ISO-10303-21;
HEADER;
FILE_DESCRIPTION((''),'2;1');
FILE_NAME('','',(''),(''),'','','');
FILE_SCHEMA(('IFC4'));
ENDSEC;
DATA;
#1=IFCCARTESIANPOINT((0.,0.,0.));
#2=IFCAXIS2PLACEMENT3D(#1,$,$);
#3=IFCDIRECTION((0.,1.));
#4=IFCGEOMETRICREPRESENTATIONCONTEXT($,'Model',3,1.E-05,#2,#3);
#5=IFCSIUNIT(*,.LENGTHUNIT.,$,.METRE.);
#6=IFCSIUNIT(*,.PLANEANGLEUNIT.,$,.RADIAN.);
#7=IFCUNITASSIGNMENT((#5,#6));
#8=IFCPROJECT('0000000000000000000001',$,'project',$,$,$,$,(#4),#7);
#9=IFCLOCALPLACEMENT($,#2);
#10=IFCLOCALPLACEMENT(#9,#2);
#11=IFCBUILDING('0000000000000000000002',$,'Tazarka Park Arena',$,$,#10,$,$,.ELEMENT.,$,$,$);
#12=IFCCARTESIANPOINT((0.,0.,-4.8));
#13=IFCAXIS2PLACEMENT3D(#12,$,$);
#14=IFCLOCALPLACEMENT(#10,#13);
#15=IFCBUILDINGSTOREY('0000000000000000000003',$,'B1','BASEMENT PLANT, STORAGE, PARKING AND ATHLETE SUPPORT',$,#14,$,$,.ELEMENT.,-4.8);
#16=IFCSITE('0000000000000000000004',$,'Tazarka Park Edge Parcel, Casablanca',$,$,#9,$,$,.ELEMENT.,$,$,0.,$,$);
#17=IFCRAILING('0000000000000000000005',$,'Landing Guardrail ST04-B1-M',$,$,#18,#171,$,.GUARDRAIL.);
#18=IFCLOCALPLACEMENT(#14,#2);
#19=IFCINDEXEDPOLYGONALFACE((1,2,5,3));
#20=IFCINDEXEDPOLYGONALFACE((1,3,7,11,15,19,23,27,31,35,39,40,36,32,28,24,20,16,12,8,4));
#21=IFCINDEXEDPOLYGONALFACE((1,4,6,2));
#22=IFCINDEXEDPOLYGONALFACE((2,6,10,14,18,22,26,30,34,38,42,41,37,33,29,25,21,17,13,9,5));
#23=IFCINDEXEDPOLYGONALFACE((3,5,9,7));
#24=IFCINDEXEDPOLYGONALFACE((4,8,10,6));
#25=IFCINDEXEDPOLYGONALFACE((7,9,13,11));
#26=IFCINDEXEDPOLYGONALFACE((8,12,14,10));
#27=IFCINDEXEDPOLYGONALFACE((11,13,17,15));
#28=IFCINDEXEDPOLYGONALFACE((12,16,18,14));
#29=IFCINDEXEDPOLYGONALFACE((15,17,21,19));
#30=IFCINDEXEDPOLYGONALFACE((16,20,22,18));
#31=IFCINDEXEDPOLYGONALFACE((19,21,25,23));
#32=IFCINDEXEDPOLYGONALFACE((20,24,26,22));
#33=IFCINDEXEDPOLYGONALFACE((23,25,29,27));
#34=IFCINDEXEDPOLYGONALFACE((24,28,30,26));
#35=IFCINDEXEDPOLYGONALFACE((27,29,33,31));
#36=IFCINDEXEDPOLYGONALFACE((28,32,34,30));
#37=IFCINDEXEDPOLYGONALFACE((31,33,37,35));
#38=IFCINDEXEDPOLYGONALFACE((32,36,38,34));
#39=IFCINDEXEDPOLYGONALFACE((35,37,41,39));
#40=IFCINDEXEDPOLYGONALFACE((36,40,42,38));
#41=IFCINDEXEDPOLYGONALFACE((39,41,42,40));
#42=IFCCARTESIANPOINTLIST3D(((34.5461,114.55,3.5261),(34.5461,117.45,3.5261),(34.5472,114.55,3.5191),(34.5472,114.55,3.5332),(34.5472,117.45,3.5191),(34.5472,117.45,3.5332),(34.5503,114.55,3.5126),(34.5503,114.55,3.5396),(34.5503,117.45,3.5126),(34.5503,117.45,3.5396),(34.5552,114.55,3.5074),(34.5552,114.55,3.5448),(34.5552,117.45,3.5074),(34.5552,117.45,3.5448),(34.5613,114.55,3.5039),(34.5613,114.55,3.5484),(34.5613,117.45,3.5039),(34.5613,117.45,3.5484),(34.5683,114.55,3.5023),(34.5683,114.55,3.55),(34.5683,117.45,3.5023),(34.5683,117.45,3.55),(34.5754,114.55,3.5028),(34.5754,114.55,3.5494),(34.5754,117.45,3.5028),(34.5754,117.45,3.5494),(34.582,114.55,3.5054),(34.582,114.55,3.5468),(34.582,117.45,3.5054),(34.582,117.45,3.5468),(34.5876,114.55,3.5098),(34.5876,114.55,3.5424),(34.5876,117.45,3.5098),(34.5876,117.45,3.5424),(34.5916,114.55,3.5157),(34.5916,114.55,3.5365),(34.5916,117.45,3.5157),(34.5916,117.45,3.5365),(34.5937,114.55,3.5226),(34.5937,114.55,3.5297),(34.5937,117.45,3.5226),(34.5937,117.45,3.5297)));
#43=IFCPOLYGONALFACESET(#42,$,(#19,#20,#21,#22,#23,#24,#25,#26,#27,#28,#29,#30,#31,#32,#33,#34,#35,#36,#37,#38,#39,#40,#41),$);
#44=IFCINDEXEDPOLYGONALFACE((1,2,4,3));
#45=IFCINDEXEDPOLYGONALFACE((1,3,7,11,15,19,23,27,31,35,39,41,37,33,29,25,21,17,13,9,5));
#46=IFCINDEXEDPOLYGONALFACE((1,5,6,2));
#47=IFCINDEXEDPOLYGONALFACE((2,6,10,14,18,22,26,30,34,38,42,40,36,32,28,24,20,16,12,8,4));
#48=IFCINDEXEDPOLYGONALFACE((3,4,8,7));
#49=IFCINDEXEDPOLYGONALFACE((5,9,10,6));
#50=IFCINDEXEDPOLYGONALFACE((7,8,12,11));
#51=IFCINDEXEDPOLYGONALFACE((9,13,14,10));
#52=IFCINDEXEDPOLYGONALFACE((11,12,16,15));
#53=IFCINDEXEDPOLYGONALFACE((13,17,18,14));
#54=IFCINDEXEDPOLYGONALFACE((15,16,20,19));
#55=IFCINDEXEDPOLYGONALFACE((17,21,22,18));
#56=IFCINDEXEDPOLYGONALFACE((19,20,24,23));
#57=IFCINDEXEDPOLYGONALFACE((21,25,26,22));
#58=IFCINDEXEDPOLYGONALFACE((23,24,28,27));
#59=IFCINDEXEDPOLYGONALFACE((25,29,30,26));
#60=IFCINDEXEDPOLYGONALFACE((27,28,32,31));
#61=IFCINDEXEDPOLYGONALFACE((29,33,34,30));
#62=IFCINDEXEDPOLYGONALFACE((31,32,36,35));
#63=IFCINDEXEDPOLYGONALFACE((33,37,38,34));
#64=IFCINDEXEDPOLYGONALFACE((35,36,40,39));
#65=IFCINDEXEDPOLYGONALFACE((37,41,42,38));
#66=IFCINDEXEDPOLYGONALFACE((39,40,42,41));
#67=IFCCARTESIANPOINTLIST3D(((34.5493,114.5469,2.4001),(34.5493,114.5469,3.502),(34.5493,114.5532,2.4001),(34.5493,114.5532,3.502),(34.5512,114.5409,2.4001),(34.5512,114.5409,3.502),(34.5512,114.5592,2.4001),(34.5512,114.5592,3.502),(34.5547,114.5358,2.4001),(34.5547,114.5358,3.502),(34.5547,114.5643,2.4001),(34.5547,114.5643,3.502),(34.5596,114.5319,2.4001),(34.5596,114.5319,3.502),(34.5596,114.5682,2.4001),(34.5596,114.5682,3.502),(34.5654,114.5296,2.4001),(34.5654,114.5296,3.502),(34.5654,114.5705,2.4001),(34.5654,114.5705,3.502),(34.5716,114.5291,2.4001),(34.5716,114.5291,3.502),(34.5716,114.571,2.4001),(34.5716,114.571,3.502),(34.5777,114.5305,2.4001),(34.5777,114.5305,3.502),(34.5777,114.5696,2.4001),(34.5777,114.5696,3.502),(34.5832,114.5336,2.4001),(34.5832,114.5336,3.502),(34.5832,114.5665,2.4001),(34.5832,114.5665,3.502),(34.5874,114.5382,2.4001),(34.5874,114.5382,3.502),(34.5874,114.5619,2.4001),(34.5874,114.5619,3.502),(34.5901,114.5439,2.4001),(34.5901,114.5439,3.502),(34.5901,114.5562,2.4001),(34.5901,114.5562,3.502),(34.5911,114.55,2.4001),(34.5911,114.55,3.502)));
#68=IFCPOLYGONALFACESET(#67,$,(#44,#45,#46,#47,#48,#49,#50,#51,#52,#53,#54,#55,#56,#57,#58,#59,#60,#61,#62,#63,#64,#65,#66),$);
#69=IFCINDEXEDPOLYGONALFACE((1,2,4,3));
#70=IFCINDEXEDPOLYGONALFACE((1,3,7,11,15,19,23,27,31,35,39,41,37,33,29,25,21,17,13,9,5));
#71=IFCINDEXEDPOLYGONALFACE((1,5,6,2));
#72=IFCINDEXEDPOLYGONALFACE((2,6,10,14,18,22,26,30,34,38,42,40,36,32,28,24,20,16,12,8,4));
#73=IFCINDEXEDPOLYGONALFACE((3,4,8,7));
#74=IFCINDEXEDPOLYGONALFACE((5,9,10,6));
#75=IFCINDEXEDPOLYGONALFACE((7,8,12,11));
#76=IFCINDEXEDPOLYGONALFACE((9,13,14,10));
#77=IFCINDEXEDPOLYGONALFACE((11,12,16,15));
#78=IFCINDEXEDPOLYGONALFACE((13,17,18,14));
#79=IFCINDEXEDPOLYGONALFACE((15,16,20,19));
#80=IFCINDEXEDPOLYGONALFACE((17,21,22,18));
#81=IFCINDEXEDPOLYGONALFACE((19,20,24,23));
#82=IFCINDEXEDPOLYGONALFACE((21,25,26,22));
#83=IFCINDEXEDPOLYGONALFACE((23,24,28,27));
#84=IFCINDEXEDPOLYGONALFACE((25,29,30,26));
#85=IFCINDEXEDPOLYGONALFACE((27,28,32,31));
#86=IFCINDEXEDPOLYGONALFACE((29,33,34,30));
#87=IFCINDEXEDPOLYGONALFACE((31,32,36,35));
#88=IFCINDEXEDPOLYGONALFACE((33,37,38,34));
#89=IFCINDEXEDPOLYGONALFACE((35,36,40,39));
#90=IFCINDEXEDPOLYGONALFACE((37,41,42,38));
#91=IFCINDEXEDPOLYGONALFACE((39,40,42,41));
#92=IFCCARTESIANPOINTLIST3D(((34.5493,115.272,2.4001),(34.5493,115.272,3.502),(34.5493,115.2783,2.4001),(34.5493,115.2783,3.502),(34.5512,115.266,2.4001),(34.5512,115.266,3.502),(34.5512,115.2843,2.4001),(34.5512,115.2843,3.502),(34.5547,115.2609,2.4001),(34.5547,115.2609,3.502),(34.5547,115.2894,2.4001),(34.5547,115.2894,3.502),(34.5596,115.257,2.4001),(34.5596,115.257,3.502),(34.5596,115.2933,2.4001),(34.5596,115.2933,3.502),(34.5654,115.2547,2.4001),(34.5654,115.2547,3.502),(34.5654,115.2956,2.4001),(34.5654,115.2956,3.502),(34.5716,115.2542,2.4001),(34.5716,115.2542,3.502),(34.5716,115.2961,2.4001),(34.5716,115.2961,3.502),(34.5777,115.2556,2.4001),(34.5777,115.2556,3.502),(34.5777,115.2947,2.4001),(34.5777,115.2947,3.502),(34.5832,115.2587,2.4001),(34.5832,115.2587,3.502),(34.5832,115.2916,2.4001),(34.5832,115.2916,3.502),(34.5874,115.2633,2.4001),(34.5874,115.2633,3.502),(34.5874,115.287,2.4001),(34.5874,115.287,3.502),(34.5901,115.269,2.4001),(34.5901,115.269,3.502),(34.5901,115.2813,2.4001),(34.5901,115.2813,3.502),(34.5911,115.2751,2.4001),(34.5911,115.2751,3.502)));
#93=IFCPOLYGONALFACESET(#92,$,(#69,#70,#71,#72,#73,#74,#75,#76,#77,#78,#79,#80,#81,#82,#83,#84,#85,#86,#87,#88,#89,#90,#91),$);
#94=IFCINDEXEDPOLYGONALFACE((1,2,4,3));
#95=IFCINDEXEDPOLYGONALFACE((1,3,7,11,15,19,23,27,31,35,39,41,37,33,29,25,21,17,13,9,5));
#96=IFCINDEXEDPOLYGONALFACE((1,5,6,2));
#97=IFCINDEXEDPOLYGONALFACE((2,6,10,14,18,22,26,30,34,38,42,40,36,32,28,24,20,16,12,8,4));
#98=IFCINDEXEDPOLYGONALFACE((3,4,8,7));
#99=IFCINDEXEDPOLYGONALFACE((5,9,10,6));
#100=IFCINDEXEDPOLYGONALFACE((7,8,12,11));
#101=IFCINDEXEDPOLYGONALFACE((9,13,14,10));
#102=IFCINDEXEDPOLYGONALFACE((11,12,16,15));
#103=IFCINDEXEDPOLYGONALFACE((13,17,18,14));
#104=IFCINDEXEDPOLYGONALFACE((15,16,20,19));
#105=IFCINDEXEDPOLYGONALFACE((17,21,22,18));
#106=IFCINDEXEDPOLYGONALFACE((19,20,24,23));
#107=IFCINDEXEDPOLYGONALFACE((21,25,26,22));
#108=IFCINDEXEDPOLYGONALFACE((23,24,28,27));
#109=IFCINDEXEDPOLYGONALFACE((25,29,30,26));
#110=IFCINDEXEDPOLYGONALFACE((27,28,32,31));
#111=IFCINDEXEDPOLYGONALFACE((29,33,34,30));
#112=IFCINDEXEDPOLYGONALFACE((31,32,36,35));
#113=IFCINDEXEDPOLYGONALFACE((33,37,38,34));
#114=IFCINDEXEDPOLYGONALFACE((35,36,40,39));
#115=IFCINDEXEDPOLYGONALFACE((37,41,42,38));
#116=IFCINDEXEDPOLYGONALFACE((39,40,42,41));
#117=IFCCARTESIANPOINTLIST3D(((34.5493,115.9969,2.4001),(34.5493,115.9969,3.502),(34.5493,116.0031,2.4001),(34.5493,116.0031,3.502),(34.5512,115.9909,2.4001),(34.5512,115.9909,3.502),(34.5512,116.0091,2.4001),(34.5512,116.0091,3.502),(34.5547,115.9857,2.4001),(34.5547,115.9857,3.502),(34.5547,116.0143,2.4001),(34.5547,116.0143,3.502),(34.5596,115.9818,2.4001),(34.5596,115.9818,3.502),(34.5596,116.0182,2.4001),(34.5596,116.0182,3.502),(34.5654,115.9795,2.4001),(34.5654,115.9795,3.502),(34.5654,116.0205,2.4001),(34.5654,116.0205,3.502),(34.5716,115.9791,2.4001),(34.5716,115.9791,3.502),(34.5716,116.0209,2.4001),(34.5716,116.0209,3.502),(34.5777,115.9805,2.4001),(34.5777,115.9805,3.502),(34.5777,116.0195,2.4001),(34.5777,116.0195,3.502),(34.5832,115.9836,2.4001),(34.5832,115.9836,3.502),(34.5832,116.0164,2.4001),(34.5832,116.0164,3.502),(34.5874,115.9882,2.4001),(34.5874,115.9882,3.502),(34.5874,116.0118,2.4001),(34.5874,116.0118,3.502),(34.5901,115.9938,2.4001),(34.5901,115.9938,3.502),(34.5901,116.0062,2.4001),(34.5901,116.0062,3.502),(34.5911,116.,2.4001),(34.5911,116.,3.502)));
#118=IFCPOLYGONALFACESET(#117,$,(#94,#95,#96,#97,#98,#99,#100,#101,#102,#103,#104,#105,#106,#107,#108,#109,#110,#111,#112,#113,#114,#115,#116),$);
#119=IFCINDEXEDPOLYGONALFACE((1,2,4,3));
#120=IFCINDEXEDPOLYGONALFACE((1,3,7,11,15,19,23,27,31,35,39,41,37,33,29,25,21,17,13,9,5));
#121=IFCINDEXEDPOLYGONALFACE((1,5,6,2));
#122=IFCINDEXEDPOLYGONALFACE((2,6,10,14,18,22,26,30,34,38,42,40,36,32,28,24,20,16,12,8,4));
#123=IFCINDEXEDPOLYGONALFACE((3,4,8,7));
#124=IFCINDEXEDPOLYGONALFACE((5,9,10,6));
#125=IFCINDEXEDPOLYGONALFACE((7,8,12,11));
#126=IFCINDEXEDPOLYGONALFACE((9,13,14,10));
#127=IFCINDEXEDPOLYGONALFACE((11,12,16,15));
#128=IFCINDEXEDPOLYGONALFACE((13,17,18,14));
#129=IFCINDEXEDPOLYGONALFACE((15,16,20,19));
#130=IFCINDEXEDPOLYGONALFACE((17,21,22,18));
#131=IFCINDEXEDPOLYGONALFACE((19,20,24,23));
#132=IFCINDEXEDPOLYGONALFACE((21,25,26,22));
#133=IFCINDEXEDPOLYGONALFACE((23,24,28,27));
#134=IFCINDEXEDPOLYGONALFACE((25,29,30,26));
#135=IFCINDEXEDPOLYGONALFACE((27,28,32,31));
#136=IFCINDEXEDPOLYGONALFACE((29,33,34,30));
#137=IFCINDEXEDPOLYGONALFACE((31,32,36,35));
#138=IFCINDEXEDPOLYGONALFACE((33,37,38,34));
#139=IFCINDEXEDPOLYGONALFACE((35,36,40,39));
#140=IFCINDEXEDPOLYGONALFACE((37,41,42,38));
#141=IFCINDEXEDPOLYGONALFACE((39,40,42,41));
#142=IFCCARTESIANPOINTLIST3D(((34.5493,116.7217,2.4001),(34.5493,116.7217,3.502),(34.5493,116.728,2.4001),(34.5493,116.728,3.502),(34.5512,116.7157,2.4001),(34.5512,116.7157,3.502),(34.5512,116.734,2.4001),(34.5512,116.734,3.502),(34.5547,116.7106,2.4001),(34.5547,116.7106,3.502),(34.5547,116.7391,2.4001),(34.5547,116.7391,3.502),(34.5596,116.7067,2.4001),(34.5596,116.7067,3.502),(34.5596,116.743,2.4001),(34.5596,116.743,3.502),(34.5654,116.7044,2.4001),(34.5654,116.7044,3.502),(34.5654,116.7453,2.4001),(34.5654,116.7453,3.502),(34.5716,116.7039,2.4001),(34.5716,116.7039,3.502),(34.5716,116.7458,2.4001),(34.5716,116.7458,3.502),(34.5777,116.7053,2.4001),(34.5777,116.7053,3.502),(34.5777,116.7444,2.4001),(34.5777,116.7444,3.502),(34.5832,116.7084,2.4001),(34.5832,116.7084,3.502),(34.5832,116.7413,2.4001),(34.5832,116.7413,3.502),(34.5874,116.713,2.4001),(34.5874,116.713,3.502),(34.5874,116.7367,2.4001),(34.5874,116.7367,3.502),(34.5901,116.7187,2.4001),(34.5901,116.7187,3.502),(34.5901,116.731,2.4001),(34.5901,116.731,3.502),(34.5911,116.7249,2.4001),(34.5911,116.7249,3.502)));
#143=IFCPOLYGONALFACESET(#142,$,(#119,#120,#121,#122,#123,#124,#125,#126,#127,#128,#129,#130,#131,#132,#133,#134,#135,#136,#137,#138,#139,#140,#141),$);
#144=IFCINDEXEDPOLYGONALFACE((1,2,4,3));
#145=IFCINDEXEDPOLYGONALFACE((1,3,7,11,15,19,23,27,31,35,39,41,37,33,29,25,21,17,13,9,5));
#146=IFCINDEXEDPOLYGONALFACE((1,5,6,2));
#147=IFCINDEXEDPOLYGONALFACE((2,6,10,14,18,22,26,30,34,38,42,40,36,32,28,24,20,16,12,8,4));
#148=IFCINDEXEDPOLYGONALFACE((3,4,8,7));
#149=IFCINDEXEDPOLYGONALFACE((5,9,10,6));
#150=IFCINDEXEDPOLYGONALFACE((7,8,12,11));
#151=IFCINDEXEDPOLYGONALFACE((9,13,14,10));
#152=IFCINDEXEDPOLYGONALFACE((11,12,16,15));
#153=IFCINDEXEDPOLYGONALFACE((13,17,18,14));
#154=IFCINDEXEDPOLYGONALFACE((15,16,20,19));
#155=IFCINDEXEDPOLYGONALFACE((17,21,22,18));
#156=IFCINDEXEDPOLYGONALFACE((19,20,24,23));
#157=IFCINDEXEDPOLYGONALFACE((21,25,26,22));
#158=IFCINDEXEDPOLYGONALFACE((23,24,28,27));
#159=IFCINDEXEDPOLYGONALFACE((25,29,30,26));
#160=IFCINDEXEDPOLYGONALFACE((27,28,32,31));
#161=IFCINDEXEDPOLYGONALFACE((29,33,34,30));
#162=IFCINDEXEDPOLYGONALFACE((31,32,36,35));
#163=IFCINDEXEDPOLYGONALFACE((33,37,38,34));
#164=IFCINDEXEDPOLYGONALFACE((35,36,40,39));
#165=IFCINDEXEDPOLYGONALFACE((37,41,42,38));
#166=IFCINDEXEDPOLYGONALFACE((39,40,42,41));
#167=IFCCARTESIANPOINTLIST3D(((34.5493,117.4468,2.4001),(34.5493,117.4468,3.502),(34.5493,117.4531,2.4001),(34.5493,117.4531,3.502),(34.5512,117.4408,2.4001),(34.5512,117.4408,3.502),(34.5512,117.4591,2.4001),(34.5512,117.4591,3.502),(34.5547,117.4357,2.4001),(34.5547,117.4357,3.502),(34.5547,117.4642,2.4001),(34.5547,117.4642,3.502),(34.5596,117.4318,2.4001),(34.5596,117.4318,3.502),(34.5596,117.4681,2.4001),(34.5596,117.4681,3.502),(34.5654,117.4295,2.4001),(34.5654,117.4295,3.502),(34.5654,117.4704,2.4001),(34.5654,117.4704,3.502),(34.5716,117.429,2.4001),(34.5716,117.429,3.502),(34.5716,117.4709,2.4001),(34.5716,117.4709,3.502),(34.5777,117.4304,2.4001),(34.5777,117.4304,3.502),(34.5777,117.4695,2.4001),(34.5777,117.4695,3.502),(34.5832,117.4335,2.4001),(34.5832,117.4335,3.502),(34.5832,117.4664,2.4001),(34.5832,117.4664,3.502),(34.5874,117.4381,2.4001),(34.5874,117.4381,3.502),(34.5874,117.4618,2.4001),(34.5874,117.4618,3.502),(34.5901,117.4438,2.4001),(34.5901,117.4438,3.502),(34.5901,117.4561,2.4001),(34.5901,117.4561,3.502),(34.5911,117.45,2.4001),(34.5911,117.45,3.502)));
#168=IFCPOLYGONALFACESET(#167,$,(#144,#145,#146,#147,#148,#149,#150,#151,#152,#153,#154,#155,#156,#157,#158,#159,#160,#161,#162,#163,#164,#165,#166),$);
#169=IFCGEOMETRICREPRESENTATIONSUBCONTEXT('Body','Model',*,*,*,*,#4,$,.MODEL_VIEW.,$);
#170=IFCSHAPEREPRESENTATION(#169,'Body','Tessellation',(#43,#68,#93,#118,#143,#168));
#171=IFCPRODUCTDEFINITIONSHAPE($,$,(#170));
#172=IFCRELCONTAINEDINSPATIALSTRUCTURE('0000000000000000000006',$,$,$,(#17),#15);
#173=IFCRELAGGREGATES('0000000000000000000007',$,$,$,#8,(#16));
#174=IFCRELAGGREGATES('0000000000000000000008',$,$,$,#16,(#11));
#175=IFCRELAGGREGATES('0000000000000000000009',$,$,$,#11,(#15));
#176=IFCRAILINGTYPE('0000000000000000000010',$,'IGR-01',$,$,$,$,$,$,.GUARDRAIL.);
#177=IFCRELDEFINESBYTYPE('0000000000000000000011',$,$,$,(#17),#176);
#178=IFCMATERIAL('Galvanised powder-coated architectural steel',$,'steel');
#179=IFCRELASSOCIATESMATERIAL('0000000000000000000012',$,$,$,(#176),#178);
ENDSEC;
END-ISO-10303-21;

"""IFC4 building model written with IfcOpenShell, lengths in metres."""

from ifc_helpers import new_model, si_unit, direction, frame, origin, origin_2d, place, context, subcontext, project, spatial, circle, extrude, material, type_object, element, save


model = new_model("IFC4")

# Units and contexts
model_context = context("Model", 3, precision=1e-05, world=origin(), true_north=direction((0.0, 1.0)))
body_context = subcontext(model_context, "Body", "Model", "MODEL_VIEW")
ifc_project = project(units=[si_unit("LENGTHUNIT", "METRE"), si_unit("PLANEANGLEUNIT", "RADIAN")], contexts=[model_context])

# Site, building, storey
site_placement = place(None, origin())
site = spatial("IfcSite", under=ifc_project, at=site_placement, Name="Tazarka Park Edge Parcel, Casablanca", CompositionType="ELEMENT", RefElevation=0.0)
building_placement = place(site_placement, origin())
building = spatial("IfcBuilding", under=site, at=building_placement, Name="Tazarka Park Arena", CompositionType="ELEMENT")
storey_placement = place(building_placement, frame((0.0, 0.0, -4.8)))
storey = spatial("IfcBuildingStorey", under=building, at=storey_placement, Name="B1", Description="BASEMENT PLANT, STORAGE, PARKING AND ATHLETE SUPPORT", CompositionType="ELEMENT", Elevation=-4.8)

# Railing
ifc_material_1 = material(Name="Galvanised powder-coated architectural steel", Category="steel")
railing_type_1 = type_object("IfcRailingType", Name="IGR-01", PredefinedType="GUARDRAIL", material=ifc_material_1)
railing_1_placement = place(storey_placement, frame((34.5701, 114.55, 2.4001)))
element("IfcRailing", 1, at=railing_1_placement, inside=storey, type_object=railing_type_1, Name="Landing Guardrail ST04-B1-M", PredefinedType="GUARDRAIL", context=body_context, shape_type="SweptSolid", body=[
    extrude(circle(Radius=0.0239, at=origin_2d()), frame((0.0, 0.0, 1.126), z_axis=(0.0, 1.0, 0.0), x_axis=(-1.0, 0.0, 0.0)), (0.0, 0.0, 1.0), 2.8999),
    extrude(circle(Radius=0.021, at=origin_2d()), origin(), (0.0, 0.0, 1.0), 1.1018),
    extrude(circle(Radius=0.021, at=origin_2d()), frame((0.0, 0.7251, 0.0)), (0.0, 0.0, 1.0), 1.1018),
    extrude(circle(Radius=0.021, at=origin_2d()), frame((0.0, 1.45, 0.0)), (0.0, 0.0, 1.0), 1.1018),
    extrude(circle(Radius=0.021, at=origin_2d()), frame((0.0, 2.1748, 0.0)), (0.0, 0.0, 1.0), 1.1018),
    extrude(circle(Radius=0.021, at=origin_2d()), frame((0.0, 2.8999, 0.0)), (0.0, 0.0, 1.0), 1.1018),
])

save(model, "model.ifc")
